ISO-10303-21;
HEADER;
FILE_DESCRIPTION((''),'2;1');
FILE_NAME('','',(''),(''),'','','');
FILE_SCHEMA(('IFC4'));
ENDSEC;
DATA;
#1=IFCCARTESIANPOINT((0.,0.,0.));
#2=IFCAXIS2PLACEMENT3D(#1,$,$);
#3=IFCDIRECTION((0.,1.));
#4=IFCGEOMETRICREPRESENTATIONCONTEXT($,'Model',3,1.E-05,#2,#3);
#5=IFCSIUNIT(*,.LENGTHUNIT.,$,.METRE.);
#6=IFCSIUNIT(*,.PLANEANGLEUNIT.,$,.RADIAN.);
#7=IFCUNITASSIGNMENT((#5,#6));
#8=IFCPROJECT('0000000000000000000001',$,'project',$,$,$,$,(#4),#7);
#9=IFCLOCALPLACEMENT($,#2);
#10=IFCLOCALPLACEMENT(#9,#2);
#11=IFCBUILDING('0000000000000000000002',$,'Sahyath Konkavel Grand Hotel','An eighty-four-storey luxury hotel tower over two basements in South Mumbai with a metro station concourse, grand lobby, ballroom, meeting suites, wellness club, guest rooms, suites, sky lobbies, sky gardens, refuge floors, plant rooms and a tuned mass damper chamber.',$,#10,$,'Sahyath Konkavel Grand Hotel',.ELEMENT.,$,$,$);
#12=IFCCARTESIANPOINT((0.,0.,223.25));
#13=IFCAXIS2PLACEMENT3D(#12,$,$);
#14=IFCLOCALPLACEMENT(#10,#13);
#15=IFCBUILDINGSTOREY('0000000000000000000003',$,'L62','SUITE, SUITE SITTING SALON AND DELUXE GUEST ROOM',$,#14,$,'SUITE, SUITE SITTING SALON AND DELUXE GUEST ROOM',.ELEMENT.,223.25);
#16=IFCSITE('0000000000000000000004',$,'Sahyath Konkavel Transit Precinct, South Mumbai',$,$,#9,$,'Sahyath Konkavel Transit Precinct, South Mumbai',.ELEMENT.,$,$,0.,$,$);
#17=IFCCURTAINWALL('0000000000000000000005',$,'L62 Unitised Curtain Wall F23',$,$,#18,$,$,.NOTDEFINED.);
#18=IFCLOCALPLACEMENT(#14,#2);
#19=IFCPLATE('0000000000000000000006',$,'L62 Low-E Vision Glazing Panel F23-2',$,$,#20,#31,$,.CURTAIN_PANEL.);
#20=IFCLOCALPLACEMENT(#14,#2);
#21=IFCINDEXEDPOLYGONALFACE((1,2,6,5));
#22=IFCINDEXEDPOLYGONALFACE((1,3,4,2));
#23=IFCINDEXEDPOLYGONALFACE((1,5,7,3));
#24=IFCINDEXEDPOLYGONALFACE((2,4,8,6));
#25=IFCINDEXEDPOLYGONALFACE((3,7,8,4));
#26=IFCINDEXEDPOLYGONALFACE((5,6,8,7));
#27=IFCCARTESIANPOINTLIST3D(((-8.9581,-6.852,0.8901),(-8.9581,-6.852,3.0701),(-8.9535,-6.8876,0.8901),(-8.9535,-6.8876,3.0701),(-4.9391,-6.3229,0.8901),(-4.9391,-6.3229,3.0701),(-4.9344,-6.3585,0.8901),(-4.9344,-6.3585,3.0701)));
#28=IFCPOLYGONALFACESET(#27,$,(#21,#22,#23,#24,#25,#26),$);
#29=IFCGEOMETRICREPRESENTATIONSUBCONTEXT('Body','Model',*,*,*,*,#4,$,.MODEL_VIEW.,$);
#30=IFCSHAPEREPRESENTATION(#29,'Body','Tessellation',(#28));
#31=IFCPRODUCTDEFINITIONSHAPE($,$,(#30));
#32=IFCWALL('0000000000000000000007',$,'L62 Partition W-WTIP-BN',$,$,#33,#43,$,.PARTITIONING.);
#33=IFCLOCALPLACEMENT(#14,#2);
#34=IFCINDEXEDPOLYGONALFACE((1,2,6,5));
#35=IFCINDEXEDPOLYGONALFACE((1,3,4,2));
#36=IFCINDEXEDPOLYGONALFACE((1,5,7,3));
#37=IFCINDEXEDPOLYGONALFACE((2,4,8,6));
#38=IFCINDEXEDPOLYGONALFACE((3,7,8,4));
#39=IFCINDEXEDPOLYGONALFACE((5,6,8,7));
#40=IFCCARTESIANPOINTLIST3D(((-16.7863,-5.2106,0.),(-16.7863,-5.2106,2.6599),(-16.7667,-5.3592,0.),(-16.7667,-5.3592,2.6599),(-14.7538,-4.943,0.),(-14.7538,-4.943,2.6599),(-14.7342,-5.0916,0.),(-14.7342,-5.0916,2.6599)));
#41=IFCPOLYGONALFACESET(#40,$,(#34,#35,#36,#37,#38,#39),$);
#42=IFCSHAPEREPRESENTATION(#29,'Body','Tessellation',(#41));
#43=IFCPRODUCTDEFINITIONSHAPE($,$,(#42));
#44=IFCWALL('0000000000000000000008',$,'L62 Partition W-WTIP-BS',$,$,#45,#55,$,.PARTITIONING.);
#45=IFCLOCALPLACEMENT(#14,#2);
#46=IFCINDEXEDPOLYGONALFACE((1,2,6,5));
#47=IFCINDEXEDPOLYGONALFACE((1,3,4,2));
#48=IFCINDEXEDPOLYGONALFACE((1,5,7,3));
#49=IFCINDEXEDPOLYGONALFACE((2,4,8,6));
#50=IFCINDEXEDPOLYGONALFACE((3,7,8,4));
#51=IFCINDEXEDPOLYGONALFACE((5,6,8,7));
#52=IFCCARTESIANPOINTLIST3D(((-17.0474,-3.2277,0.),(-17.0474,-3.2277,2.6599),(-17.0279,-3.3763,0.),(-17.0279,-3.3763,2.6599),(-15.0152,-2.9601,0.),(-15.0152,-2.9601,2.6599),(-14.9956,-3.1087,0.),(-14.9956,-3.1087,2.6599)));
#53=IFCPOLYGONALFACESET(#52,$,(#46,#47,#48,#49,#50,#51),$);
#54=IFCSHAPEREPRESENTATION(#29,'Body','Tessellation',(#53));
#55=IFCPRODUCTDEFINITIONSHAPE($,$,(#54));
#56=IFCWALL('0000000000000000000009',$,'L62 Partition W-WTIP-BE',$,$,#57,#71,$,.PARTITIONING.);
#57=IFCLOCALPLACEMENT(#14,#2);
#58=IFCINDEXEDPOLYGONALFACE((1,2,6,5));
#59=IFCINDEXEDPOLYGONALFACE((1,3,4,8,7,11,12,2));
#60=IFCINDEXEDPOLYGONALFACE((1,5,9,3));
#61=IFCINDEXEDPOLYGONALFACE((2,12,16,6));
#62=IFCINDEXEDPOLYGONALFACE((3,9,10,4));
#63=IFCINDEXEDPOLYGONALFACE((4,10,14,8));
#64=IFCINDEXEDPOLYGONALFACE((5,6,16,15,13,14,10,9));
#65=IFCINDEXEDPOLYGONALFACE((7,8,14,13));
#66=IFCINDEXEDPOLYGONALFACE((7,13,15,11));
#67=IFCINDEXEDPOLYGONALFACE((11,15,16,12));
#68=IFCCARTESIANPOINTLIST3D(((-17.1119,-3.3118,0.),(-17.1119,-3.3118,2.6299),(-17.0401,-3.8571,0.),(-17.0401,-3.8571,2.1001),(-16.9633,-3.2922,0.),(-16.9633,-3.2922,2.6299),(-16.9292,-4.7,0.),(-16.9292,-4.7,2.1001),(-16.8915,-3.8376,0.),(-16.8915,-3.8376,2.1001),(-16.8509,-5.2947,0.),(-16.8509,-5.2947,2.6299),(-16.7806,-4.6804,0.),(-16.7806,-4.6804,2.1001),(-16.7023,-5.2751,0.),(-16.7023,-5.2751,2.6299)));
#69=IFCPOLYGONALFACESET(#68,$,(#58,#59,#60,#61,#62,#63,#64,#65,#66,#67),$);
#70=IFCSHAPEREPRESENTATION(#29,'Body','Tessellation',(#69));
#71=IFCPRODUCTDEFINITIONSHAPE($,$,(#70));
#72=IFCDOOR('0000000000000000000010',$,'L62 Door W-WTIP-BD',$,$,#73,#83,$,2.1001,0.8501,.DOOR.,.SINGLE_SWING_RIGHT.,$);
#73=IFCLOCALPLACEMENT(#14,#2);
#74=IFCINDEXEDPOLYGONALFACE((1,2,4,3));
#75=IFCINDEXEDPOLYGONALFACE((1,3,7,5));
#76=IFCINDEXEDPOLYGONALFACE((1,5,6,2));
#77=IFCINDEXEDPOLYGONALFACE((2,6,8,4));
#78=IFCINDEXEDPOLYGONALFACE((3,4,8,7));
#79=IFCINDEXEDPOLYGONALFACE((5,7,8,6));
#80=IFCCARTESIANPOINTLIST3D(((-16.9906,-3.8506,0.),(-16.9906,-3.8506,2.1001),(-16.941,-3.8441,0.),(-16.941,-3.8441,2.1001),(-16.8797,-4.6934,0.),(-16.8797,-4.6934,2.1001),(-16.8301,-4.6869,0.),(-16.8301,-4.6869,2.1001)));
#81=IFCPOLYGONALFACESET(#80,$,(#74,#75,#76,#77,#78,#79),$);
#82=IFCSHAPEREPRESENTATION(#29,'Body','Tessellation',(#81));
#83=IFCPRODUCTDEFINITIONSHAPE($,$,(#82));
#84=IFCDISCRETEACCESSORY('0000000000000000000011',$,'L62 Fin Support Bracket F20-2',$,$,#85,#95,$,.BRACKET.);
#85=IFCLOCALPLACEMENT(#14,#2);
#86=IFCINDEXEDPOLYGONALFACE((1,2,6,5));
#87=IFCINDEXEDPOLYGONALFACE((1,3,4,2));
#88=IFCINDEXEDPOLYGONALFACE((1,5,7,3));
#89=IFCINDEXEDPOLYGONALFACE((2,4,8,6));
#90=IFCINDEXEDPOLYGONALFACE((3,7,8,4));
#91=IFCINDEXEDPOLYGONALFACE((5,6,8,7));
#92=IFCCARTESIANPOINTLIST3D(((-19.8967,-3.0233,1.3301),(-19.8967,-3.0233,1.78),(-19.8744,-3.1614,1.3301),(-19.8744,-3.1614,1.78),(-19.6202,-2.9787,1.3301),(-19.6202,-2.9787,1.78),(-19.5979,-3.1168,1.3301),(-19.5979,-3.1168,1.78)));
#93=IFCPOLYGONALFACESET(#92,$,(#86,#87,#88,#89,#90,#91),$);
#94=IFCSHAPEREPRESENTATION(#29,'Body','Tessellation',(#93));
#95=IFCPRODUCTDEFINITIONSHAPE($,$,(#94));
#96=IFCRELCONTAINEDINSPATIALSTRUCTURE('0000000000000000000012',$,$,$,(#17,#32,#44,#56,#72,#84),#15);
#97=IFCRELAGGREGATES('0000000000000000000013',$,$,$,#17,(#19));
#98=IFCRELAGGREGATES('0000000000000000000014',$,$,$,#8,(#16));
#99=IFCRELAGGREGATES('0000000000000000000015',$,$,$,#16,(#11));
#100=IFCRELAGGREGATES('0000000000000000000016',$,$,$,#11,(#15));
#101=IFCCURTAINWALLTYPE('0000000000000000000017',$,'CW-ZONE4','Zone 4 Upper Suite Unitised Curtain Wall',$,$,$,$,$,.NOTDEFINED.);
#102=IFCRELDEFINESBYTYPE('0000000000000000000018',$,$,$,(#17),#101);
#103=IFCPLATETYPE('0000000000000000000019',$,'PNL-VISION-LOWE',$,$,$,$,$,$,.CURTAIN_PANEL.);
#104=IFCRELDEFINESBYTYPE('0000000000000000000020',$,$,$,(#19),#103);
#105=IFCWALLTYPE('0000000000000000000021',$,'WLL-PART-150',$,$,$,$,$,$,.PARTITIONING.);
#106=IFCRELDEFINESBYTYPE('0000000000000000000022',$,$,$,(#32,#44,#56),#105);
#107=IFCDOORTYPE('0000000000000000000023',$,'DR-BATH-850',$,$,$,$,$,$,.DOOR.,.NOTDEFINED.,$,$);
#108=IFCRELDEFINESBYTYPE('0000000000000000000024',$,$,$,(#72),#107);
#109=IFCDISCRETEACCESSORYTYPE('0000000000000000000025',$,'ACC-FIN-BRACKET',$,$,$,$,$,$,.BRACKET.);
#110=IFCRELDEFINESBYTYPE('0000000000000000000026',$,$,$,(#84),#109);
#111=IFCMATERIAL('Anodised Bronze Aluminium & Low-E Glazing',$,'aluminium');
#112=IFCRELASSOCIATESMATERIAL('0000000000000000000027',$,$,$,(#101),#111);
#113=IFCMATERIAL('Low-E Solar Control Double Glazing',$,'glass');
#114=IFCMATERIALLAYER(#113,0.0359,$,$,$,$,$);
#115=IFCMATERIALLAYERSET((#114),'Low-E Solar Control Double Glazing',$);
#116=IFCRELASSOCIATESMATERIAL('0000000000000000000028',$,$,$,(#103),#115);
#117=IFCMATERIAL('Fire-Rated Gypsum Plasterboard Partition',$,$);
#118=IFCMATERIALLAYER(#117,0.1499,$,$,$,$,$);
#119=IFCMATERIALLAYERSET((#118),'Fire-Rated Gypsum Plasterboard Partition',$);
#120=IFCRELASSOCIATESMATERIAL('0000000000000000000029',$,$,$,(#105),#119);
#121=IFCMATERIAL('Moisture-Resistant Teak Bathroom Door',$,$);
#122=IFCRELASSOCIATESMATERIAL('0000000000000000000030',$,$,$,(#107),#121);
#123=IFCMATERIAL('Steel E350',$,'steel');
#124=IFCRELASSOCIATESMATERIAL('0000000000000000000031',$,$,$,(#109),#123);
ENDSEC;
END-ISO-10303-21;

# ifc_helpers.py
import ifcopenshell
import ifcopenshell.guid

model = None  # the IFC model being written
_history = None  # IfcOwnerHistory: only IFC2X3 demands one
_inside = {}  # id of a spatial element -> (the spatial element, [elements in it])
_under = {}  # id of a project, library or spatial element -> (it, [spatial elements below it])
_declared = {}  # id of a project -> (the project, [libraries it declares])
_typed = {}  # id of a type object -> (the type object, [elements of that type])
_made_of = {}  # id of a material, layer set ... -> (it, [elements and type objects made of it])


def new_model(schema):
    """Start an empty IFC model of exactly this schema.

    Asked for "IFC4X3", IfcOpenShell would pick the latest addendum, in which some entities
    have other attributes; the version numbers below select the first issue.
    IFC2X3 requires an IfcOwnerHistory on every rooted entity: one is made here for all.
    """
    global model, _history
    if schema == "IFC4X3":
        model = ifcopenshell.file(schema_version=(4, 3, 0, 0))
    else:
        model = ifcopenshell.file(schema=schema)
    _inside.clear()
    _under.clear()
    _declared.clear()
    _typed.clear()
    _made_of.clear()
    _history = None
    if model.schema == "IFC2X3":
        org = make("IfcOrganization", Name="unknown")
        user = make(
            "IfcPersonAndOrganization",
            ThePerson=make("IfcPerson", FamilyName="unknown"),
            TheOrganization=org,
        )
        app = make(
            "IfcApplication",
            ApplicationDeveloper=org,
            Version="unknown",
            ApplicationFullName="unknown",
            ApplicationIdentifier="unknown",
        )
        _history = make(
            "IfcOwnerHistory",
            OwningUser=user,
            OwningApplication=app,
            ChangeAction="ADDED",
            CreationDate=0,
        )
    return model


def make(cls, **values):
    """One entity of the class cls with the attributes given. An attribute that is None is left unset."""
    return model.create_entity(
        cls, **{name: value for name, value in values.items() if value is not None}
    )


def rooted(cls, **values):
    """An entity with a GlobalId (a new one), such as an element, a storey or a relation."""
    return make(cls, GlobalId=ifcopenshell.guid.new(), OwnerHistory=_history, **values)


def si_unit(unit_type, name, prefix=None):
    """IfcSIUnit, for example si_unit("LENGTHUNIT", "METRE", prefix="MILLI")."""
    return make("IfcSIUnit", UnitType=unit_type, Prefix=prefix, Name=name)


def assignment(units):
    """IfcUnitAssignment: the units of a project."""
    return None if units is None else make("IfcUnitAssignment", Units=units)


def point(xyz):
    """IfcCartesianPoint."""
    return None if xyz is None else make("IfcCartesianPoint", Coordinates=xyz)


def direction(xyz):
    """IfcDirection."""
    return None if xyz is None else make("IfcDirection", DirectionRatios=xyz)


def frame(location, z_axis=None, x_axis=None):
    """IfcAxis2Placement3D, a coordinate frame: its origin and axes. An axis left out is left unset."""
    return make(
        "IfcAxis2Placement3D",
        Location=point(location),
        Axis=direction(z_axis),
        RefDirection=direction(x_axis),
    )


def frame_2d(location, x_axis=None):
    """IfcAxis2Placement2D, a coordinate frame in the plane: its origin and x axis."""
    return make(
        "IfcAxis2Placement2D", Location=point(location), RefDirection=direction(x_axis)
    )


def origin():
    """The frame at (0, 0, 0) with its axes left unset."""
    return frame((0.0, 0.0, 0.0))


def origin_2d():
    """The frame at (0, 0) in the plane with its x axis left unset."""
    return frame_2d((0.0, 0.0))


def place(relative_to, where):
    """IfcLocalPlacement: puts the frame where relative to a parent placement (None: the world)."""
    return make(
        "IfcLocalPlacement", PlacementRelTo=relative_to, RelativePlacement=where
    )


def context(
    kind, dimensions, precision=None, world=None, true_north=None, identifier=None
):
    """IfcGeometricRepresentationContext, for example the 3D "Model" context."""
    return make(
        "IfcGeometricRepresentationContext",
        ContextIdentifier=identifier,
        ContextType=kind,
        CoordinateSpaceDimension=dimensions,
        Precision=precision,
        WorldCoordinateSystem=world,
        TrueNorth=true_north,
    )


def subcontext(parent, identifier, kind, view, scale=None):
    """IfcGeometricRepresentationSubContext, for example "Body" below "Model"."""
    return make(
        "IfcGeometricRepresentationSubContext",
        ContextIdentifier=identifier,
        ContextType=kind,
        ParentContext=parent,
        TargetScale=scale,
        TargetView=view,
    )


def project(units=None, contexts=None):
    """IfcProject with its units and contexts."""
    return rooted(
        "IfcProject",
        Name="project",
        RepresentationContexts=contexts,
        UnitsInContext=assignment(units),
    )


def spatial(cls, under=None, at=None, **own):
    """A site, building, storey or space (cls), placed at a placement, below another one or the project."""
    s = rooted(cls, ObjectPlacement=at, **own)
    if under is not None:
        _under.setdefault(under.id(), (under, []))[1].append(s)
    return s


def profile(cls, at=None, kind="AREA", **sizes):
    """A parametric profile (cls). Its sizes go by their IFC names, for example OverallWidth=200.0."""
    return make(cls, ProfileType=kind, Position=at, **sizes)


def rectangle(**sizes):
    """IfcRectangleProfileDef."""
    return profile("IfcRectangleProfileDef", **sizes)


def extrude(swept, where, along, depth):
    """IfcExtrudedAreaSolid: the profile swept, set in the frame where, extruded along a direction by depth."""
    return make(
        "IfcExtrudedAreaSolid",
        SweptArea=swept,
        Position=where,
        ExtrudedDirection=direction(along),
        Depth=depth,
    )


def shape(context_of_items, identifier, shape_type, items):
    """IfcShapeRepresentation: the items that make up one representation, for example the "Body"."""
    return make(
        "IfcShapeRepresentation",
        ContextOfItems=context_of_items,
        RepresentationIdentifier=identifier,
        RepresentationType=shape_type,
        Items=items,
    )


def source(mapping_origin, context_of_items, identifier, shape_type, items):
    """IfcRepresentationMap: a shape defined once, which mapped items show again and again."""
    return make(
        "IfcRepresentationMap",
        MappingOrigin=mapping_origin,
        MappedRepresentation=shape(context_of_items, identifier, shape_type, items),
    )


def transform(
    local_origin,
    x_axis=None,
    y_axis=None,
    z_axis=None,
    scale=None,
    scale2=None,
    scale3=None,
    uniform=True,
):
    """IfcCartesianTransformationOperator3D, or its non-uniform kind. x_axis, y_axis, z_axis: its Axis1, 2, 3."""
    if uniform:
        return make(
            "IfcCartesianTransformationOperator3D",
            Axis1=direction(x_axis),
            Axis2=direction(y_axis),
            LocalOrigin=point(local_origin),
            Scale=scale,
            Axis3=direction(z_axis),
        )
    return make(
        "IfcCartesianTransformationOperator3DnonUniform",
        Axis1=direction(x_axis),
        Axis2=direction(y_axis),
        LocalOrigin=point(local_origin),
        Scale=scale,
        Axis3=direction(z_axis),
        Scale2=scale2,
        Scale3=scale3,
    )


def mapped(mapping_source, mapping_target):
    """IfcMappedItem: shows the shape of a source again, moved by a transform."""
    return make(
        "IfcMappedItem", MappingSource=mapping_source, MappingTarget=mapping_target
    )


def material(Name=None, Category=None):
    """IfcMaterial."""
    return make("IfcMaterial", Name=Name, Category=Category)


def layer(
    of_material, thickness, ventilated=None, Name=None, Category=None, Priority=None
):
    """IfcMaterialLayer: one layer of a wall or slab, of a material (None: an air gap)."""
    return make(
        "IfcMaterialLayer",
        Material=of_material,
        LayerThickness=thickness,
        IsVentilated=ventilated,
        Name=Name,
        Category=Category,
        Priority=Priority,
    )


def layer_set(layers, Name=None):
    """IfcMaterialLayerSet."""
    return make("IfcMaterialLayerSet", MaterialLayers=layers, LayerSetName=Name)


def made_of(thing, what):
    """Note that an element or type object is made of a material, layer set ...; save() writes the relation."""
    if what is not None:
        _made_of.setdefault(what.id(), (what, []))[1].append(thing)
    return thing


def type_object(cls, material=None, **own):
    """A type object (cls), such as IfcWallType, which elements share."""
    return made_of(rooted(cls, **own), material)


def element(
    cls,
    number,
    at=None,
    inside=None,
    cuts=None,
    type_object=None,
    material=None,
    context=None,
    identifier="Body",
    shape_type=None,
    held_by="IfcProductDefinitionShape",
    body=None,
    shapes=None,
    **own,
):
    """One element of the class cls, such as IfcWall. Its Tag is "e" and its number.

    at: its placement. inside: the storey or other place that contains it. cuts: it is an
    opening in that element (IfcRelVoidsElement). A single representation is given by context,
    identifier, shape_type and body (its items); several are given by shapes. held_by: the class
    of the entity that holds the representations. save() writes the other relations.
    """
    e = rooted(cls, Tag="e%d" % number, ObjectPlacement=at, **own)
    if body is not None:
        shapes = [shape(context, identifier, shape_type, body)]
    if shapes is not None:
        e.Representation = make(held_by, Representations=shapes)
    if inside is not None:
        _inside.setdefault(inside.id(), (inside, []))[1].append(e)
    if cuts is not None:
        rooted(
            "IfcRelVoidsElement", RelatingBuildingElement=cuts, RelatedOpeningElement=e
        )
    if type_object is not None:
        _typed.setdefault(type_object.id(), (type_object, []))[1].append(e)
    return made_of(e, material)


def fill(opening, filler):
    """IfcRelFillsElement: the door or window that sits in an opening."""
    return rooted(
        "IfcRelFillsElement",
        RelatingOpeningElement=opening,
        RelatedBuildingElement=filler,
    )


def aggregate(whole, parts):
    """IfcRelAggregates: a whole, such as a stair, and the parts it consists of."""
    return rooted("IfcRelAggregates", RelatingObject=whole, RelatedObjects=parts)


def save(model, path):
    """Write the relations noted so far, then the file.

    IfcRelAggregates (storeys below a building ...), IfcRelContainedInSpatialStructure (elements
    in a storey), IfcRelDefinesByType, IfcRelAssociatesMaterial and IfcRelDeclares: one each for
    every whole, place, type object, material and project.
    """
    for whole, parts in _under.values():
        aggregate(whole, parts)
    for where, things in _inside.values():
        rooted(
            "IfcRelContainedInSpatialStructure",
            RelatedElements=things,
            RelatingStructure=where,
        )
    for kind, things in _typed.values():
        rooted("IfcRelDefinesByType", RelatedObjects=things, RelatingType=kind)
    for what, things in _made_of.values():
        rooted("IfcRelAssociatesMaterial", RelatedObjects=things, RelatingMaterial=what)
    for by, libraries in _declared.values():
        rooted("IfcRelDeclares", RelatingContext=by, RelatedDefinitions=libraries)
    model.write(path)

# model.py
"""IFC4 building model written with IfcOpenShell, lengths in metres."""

from ifc_helpers import new_model, si_unit, direction, frame, frame_2d, origin, origin_2d, place, context, subcontext, project, spatial, rectangle, extrude, source, transform, mapped, material, layer, layer_set, type_object, element, fill, aggregate, save


model = new_model("IFC4")

# Units and contexts
model_context = context("Model", 3, precision=1e-05, world=origin(), true_north=direction((0.0, 1.0)))
body_context = subcontext(model_context, "Body", "Model", "MODEL_VIEW")
ifc_project = project(units=[si_unit("LENGTHUNIT", "METRE"), si_unit("PLANEANGLEUNIT", "RADIAN")], contexts=[model_context])

# Site, building, storey
site_placement = place(None, origin())
site = spatial("IfcSite", under=ifc_project, at=site_placement, Name="Sahyath Konkavel Transit Precinct, South Mumbai", LongName="Sahyath Konkavel Transit Precinct, South Mumbai", CompositionType="ELEMENT", RefElevation=0.0)
building_placement = place(site_placement, origin())
building = spatial("IfcBuilding", under=site, at=building_placement, Name="Sahyath Konkavel Grand Hotel", Description="An eighty-four-storey luxury hotel tower over two basements in South Mumbai with a metro station concourse, grand lobby, ballroom, meeting suites, wellness club, guest rooms, suites, sky lobbies, sky gardens, refuge floors, plant rooms and a tuned mass damper chamber.", LongName="Sahyath Konkavel Grand Hotel", CompositionType="ELEMENT")
storey_placement = place(building_placement, frame((0.0, 0.0, 223.25)))
storey = spatial("IfcBuildingStorey", under=building, at=storey_placement, Name="L62", Description="SUITE, SUITE SITTING SALON AND DELUXE GUEST ROOM", LongName="SUITE, SUITE SITTING SALON AND DELUXE GUEST ROOM", CompositionType="ELEMENT", Elevation=223.25)

# Shared definitions
ifc_material_1 = material(Name="Steel E350", Category="steel")

# Shared definitions
ifc_material_2 = material(Name="Anodised Bronze Aluminium & Low-E Glazing", Category="aluminium")
curtain_wall_type = type_object("IfcCurtainWallType", Name="CW-ZONE4", Description="Zone 4 Upper Suite Unitised Curtain Wall", PredefinedType="NOTDEFINED", material=ifc_material_2)

# Curtain wall
curtain_wall_1_placement = place(storey_placement, origin())
curtain_wall_1 = element("IfcCurtainWall", 1, at=curtain_wall_1_placement, inside=storey, type_object=curtain_wall_type, Name="L62 Unitised Curtain Wall F23", PredefinedType="NOTDEFINED")

# Plate
ifc_material_3 = material(Name="Low-E Solar Control Double Glazing", Category="glass")
ifc_layer_1 = layer(ifc_material_3, 0.0359)
ifc_layer_set_1 = layer_set([ifc_layer_1], Name="Low-E Solar Control Double Glazing")
plate_type_1 = type_object("IfcPlateType", Name="PNL-VISION-LOWE", PredefinedType="CURTAIN_PANEL", material=ifc_layer_set_1)
shared_shape_1 = source(origin(), body_context, "Body", "SweptSolid", [
    extrude(rectangle(XDim=4.0537, YDim=0.0359, at=origin_2d()), origin(), (0.0, 0.0, 1.0), 2.1799),
])
plate_1_placement = place(storey_placement, frame((-6.9463, -6.6052, 0.8901), z_axis=(0.0, 0.0, 1.0), x_axis=(0.991445, 0.130526, 0.0)))
plate_1 = element("IfcPlate", 2, at=plate_1_placement, type_object=plate_type_1, Name="L62 Low-E Vision Glazing Panel F23-2", PredefinedType="CURTAIN_PANEL", context=body_context, shape_type="MappedRepresentation", body=[
    mapped(shared_shape_1, transform((0.0, 0.0, 0.0), scale=1.0)),
])
aggregate(curtain_wall_1, [plate_1])

# Walls
ifc_material_4 = material(Name="Fire-Rated Gypsum Plasterboard Partition")
ifc_layer_2 = layer(ifc_material_4, 0.1499)
ifc_layer_set_2 = layer_set([ifc_layer_2], Name="Fire-Rated Gypsum Plasterboard Partition")
wall_type = type_object("IfcWallType", Name="WLL-PART-150", PredefinedType="PARTITIONING", material=ifc_layer_set_2)
wall_1_placement = place(storey_placement, frame((-14.7441, -5.0173, 0.0), z_axis=(0.0, 0.0, 1.0), x_axis=(-0.991445, -0.130525, 0.0)))
element("IfcWall", 3, at=wall_1_placement, inside=storey, type_object=wall_type, Name="L62 Partition W-WTIP-BN", PredefinedType="PARTITIONING", context=body_context, shape_type="SweptSolid", body=[
    extrude(rectangle(XDim=2.05, YDim=0.1499, at=frame_2d((1.0249, 0.0))), origin(), (0.0, 0.0, 1.0), 2.6599),
])
wall_2_placement = place(storey_placement, frame((-15.0054, -3.0344, 0.0), z_axis=(0.0, 0.0, 1.0), x_axis=(-0.991443, -0.130541, 0.0)))
element("IfcWall", 4, at=wall_2_placement, inside=storey, type_object=wall_type, Name="L62 Partition W-WTIP-BS", PredefinedType="PARTITIONING", context=body_context, shape_type="SweptSolid", body=[
    extrude(rectangle(XDim=2.0498, YDim=0.1499, at=frame_2d((1.0249, 0.0))), origin(), (0.0, 0.0, 1.0), 2.6599),
])

# Wall, opening, door
wall_3_placement = place(storey_placement, frame((-17.0376, -3.302, 0.0), z_axis=(0.0, 0.0, 1.0), x_axis=(0.130492, -0.991449, 0.0)))
wall_3 = element("IfcWall", 5, at=wall_3_placement, inside=storey, type_object=wall_type, Name="L62 Partition W-WTIP-BE", PredefinedType="PARTITIONING", context=body_context, shape_type="SweptSolid", body=[
    extrude(rectangle(XDim=2.0, YDim=0.1499, at=frame_2d((1.0, 0.0))), origin(), (0.0, 0.0, 1.0), 2.6299),
])
opening_placement = place(wall_3_placement, frame((0.55, 0.0, 0.0)))
opening = element("IfcOpeningElement", 6, at=opening_placement, cuts=wall_3, PredefinedType="OPENING", context=body_context, shape_type="SweptSolid", body=[
    extrude(rectangle(XDim=0.8501, YDim=2.1001, at=frame_2d((0.425, 1.05))), frame((0.0, 0.085, 0.0), z_axis=(0.0, -1.0, 0.0), x_axis=(1.0, 0.0, 0.0)), (0.0, 0.0, 1.0), 0.1699),
])
ifc_material_5 = material(Name="Moisture-Resistant Teak Bathroom Door")
door_type = type_object("IfcDoorType", Name="DR-BATH-850", OperationType="NOTDEFINED", PredefinedType="DOOR", material=ifc_material_5)
shared_shape_2 = source(origin(), body_context, "Body", "SweptSolid", [
    extrude(rectangle(XDim=0.8501, YDim=0.05, at=origin_2d()), origin(), (0.0, 0.0, 1.0), 2.1001),
])
door_placement = place(opening_placement, frame((0.425, 0.0, 0.0)))
door = element("IfcDoor", 7, at=door_placement, inside=storey, type_object=door_type, Name="L62 Door W-WTIP-BD", OperationType="SINGLE_SWING_RIGHT", OverallHeight=2.1001, OverallWidth=0.8501, PredefinedType="DOOR", context=body_context, shape_type="MappedRepresentation", body=[
    mapped(shared_shape_2, transform((0.0, 0.0, 0.0), scale=1.0)),
])
fill(opening, door)

# Discrete accessory
discrete_accessory_type = type_object("IfcDiscreteAccessoryType", Name="ACC-FIN-BRACKET", PredefinedType="BRACKET", material=ifc_material_1)
shared_shape_3 = source(origin(), body_context, "Body", "SweptSolid", [
    extrude(rectangle(XDim=0.28, YDim=0.1399, at=origin_2d()), origin(), (0.0, 0.0, 1.0), 0.45),
])
discrete_accessory_placement = place(storey_placement, frame((-19.7473, -3.0701, 1.3301), z_axis=(0.0, 0.0, 1.0), x_axis=(-0.987223, -0.159347, 0.0)))
element("IfcDiscreteAccessory", 8, at=discrete_accessory_placement, inside=storey, type_object=discrete_accessory_type, Name="L62 Fin Support Bracket F20-2", PredefinedType="BRACKET", context=body_context, shape_type="MappedRepresentation", body=[
    mapped(shared_shape_3, transform((0.0, 0.0, 0.0), scale=1.0)),
])

save(model, "model.ifc")
